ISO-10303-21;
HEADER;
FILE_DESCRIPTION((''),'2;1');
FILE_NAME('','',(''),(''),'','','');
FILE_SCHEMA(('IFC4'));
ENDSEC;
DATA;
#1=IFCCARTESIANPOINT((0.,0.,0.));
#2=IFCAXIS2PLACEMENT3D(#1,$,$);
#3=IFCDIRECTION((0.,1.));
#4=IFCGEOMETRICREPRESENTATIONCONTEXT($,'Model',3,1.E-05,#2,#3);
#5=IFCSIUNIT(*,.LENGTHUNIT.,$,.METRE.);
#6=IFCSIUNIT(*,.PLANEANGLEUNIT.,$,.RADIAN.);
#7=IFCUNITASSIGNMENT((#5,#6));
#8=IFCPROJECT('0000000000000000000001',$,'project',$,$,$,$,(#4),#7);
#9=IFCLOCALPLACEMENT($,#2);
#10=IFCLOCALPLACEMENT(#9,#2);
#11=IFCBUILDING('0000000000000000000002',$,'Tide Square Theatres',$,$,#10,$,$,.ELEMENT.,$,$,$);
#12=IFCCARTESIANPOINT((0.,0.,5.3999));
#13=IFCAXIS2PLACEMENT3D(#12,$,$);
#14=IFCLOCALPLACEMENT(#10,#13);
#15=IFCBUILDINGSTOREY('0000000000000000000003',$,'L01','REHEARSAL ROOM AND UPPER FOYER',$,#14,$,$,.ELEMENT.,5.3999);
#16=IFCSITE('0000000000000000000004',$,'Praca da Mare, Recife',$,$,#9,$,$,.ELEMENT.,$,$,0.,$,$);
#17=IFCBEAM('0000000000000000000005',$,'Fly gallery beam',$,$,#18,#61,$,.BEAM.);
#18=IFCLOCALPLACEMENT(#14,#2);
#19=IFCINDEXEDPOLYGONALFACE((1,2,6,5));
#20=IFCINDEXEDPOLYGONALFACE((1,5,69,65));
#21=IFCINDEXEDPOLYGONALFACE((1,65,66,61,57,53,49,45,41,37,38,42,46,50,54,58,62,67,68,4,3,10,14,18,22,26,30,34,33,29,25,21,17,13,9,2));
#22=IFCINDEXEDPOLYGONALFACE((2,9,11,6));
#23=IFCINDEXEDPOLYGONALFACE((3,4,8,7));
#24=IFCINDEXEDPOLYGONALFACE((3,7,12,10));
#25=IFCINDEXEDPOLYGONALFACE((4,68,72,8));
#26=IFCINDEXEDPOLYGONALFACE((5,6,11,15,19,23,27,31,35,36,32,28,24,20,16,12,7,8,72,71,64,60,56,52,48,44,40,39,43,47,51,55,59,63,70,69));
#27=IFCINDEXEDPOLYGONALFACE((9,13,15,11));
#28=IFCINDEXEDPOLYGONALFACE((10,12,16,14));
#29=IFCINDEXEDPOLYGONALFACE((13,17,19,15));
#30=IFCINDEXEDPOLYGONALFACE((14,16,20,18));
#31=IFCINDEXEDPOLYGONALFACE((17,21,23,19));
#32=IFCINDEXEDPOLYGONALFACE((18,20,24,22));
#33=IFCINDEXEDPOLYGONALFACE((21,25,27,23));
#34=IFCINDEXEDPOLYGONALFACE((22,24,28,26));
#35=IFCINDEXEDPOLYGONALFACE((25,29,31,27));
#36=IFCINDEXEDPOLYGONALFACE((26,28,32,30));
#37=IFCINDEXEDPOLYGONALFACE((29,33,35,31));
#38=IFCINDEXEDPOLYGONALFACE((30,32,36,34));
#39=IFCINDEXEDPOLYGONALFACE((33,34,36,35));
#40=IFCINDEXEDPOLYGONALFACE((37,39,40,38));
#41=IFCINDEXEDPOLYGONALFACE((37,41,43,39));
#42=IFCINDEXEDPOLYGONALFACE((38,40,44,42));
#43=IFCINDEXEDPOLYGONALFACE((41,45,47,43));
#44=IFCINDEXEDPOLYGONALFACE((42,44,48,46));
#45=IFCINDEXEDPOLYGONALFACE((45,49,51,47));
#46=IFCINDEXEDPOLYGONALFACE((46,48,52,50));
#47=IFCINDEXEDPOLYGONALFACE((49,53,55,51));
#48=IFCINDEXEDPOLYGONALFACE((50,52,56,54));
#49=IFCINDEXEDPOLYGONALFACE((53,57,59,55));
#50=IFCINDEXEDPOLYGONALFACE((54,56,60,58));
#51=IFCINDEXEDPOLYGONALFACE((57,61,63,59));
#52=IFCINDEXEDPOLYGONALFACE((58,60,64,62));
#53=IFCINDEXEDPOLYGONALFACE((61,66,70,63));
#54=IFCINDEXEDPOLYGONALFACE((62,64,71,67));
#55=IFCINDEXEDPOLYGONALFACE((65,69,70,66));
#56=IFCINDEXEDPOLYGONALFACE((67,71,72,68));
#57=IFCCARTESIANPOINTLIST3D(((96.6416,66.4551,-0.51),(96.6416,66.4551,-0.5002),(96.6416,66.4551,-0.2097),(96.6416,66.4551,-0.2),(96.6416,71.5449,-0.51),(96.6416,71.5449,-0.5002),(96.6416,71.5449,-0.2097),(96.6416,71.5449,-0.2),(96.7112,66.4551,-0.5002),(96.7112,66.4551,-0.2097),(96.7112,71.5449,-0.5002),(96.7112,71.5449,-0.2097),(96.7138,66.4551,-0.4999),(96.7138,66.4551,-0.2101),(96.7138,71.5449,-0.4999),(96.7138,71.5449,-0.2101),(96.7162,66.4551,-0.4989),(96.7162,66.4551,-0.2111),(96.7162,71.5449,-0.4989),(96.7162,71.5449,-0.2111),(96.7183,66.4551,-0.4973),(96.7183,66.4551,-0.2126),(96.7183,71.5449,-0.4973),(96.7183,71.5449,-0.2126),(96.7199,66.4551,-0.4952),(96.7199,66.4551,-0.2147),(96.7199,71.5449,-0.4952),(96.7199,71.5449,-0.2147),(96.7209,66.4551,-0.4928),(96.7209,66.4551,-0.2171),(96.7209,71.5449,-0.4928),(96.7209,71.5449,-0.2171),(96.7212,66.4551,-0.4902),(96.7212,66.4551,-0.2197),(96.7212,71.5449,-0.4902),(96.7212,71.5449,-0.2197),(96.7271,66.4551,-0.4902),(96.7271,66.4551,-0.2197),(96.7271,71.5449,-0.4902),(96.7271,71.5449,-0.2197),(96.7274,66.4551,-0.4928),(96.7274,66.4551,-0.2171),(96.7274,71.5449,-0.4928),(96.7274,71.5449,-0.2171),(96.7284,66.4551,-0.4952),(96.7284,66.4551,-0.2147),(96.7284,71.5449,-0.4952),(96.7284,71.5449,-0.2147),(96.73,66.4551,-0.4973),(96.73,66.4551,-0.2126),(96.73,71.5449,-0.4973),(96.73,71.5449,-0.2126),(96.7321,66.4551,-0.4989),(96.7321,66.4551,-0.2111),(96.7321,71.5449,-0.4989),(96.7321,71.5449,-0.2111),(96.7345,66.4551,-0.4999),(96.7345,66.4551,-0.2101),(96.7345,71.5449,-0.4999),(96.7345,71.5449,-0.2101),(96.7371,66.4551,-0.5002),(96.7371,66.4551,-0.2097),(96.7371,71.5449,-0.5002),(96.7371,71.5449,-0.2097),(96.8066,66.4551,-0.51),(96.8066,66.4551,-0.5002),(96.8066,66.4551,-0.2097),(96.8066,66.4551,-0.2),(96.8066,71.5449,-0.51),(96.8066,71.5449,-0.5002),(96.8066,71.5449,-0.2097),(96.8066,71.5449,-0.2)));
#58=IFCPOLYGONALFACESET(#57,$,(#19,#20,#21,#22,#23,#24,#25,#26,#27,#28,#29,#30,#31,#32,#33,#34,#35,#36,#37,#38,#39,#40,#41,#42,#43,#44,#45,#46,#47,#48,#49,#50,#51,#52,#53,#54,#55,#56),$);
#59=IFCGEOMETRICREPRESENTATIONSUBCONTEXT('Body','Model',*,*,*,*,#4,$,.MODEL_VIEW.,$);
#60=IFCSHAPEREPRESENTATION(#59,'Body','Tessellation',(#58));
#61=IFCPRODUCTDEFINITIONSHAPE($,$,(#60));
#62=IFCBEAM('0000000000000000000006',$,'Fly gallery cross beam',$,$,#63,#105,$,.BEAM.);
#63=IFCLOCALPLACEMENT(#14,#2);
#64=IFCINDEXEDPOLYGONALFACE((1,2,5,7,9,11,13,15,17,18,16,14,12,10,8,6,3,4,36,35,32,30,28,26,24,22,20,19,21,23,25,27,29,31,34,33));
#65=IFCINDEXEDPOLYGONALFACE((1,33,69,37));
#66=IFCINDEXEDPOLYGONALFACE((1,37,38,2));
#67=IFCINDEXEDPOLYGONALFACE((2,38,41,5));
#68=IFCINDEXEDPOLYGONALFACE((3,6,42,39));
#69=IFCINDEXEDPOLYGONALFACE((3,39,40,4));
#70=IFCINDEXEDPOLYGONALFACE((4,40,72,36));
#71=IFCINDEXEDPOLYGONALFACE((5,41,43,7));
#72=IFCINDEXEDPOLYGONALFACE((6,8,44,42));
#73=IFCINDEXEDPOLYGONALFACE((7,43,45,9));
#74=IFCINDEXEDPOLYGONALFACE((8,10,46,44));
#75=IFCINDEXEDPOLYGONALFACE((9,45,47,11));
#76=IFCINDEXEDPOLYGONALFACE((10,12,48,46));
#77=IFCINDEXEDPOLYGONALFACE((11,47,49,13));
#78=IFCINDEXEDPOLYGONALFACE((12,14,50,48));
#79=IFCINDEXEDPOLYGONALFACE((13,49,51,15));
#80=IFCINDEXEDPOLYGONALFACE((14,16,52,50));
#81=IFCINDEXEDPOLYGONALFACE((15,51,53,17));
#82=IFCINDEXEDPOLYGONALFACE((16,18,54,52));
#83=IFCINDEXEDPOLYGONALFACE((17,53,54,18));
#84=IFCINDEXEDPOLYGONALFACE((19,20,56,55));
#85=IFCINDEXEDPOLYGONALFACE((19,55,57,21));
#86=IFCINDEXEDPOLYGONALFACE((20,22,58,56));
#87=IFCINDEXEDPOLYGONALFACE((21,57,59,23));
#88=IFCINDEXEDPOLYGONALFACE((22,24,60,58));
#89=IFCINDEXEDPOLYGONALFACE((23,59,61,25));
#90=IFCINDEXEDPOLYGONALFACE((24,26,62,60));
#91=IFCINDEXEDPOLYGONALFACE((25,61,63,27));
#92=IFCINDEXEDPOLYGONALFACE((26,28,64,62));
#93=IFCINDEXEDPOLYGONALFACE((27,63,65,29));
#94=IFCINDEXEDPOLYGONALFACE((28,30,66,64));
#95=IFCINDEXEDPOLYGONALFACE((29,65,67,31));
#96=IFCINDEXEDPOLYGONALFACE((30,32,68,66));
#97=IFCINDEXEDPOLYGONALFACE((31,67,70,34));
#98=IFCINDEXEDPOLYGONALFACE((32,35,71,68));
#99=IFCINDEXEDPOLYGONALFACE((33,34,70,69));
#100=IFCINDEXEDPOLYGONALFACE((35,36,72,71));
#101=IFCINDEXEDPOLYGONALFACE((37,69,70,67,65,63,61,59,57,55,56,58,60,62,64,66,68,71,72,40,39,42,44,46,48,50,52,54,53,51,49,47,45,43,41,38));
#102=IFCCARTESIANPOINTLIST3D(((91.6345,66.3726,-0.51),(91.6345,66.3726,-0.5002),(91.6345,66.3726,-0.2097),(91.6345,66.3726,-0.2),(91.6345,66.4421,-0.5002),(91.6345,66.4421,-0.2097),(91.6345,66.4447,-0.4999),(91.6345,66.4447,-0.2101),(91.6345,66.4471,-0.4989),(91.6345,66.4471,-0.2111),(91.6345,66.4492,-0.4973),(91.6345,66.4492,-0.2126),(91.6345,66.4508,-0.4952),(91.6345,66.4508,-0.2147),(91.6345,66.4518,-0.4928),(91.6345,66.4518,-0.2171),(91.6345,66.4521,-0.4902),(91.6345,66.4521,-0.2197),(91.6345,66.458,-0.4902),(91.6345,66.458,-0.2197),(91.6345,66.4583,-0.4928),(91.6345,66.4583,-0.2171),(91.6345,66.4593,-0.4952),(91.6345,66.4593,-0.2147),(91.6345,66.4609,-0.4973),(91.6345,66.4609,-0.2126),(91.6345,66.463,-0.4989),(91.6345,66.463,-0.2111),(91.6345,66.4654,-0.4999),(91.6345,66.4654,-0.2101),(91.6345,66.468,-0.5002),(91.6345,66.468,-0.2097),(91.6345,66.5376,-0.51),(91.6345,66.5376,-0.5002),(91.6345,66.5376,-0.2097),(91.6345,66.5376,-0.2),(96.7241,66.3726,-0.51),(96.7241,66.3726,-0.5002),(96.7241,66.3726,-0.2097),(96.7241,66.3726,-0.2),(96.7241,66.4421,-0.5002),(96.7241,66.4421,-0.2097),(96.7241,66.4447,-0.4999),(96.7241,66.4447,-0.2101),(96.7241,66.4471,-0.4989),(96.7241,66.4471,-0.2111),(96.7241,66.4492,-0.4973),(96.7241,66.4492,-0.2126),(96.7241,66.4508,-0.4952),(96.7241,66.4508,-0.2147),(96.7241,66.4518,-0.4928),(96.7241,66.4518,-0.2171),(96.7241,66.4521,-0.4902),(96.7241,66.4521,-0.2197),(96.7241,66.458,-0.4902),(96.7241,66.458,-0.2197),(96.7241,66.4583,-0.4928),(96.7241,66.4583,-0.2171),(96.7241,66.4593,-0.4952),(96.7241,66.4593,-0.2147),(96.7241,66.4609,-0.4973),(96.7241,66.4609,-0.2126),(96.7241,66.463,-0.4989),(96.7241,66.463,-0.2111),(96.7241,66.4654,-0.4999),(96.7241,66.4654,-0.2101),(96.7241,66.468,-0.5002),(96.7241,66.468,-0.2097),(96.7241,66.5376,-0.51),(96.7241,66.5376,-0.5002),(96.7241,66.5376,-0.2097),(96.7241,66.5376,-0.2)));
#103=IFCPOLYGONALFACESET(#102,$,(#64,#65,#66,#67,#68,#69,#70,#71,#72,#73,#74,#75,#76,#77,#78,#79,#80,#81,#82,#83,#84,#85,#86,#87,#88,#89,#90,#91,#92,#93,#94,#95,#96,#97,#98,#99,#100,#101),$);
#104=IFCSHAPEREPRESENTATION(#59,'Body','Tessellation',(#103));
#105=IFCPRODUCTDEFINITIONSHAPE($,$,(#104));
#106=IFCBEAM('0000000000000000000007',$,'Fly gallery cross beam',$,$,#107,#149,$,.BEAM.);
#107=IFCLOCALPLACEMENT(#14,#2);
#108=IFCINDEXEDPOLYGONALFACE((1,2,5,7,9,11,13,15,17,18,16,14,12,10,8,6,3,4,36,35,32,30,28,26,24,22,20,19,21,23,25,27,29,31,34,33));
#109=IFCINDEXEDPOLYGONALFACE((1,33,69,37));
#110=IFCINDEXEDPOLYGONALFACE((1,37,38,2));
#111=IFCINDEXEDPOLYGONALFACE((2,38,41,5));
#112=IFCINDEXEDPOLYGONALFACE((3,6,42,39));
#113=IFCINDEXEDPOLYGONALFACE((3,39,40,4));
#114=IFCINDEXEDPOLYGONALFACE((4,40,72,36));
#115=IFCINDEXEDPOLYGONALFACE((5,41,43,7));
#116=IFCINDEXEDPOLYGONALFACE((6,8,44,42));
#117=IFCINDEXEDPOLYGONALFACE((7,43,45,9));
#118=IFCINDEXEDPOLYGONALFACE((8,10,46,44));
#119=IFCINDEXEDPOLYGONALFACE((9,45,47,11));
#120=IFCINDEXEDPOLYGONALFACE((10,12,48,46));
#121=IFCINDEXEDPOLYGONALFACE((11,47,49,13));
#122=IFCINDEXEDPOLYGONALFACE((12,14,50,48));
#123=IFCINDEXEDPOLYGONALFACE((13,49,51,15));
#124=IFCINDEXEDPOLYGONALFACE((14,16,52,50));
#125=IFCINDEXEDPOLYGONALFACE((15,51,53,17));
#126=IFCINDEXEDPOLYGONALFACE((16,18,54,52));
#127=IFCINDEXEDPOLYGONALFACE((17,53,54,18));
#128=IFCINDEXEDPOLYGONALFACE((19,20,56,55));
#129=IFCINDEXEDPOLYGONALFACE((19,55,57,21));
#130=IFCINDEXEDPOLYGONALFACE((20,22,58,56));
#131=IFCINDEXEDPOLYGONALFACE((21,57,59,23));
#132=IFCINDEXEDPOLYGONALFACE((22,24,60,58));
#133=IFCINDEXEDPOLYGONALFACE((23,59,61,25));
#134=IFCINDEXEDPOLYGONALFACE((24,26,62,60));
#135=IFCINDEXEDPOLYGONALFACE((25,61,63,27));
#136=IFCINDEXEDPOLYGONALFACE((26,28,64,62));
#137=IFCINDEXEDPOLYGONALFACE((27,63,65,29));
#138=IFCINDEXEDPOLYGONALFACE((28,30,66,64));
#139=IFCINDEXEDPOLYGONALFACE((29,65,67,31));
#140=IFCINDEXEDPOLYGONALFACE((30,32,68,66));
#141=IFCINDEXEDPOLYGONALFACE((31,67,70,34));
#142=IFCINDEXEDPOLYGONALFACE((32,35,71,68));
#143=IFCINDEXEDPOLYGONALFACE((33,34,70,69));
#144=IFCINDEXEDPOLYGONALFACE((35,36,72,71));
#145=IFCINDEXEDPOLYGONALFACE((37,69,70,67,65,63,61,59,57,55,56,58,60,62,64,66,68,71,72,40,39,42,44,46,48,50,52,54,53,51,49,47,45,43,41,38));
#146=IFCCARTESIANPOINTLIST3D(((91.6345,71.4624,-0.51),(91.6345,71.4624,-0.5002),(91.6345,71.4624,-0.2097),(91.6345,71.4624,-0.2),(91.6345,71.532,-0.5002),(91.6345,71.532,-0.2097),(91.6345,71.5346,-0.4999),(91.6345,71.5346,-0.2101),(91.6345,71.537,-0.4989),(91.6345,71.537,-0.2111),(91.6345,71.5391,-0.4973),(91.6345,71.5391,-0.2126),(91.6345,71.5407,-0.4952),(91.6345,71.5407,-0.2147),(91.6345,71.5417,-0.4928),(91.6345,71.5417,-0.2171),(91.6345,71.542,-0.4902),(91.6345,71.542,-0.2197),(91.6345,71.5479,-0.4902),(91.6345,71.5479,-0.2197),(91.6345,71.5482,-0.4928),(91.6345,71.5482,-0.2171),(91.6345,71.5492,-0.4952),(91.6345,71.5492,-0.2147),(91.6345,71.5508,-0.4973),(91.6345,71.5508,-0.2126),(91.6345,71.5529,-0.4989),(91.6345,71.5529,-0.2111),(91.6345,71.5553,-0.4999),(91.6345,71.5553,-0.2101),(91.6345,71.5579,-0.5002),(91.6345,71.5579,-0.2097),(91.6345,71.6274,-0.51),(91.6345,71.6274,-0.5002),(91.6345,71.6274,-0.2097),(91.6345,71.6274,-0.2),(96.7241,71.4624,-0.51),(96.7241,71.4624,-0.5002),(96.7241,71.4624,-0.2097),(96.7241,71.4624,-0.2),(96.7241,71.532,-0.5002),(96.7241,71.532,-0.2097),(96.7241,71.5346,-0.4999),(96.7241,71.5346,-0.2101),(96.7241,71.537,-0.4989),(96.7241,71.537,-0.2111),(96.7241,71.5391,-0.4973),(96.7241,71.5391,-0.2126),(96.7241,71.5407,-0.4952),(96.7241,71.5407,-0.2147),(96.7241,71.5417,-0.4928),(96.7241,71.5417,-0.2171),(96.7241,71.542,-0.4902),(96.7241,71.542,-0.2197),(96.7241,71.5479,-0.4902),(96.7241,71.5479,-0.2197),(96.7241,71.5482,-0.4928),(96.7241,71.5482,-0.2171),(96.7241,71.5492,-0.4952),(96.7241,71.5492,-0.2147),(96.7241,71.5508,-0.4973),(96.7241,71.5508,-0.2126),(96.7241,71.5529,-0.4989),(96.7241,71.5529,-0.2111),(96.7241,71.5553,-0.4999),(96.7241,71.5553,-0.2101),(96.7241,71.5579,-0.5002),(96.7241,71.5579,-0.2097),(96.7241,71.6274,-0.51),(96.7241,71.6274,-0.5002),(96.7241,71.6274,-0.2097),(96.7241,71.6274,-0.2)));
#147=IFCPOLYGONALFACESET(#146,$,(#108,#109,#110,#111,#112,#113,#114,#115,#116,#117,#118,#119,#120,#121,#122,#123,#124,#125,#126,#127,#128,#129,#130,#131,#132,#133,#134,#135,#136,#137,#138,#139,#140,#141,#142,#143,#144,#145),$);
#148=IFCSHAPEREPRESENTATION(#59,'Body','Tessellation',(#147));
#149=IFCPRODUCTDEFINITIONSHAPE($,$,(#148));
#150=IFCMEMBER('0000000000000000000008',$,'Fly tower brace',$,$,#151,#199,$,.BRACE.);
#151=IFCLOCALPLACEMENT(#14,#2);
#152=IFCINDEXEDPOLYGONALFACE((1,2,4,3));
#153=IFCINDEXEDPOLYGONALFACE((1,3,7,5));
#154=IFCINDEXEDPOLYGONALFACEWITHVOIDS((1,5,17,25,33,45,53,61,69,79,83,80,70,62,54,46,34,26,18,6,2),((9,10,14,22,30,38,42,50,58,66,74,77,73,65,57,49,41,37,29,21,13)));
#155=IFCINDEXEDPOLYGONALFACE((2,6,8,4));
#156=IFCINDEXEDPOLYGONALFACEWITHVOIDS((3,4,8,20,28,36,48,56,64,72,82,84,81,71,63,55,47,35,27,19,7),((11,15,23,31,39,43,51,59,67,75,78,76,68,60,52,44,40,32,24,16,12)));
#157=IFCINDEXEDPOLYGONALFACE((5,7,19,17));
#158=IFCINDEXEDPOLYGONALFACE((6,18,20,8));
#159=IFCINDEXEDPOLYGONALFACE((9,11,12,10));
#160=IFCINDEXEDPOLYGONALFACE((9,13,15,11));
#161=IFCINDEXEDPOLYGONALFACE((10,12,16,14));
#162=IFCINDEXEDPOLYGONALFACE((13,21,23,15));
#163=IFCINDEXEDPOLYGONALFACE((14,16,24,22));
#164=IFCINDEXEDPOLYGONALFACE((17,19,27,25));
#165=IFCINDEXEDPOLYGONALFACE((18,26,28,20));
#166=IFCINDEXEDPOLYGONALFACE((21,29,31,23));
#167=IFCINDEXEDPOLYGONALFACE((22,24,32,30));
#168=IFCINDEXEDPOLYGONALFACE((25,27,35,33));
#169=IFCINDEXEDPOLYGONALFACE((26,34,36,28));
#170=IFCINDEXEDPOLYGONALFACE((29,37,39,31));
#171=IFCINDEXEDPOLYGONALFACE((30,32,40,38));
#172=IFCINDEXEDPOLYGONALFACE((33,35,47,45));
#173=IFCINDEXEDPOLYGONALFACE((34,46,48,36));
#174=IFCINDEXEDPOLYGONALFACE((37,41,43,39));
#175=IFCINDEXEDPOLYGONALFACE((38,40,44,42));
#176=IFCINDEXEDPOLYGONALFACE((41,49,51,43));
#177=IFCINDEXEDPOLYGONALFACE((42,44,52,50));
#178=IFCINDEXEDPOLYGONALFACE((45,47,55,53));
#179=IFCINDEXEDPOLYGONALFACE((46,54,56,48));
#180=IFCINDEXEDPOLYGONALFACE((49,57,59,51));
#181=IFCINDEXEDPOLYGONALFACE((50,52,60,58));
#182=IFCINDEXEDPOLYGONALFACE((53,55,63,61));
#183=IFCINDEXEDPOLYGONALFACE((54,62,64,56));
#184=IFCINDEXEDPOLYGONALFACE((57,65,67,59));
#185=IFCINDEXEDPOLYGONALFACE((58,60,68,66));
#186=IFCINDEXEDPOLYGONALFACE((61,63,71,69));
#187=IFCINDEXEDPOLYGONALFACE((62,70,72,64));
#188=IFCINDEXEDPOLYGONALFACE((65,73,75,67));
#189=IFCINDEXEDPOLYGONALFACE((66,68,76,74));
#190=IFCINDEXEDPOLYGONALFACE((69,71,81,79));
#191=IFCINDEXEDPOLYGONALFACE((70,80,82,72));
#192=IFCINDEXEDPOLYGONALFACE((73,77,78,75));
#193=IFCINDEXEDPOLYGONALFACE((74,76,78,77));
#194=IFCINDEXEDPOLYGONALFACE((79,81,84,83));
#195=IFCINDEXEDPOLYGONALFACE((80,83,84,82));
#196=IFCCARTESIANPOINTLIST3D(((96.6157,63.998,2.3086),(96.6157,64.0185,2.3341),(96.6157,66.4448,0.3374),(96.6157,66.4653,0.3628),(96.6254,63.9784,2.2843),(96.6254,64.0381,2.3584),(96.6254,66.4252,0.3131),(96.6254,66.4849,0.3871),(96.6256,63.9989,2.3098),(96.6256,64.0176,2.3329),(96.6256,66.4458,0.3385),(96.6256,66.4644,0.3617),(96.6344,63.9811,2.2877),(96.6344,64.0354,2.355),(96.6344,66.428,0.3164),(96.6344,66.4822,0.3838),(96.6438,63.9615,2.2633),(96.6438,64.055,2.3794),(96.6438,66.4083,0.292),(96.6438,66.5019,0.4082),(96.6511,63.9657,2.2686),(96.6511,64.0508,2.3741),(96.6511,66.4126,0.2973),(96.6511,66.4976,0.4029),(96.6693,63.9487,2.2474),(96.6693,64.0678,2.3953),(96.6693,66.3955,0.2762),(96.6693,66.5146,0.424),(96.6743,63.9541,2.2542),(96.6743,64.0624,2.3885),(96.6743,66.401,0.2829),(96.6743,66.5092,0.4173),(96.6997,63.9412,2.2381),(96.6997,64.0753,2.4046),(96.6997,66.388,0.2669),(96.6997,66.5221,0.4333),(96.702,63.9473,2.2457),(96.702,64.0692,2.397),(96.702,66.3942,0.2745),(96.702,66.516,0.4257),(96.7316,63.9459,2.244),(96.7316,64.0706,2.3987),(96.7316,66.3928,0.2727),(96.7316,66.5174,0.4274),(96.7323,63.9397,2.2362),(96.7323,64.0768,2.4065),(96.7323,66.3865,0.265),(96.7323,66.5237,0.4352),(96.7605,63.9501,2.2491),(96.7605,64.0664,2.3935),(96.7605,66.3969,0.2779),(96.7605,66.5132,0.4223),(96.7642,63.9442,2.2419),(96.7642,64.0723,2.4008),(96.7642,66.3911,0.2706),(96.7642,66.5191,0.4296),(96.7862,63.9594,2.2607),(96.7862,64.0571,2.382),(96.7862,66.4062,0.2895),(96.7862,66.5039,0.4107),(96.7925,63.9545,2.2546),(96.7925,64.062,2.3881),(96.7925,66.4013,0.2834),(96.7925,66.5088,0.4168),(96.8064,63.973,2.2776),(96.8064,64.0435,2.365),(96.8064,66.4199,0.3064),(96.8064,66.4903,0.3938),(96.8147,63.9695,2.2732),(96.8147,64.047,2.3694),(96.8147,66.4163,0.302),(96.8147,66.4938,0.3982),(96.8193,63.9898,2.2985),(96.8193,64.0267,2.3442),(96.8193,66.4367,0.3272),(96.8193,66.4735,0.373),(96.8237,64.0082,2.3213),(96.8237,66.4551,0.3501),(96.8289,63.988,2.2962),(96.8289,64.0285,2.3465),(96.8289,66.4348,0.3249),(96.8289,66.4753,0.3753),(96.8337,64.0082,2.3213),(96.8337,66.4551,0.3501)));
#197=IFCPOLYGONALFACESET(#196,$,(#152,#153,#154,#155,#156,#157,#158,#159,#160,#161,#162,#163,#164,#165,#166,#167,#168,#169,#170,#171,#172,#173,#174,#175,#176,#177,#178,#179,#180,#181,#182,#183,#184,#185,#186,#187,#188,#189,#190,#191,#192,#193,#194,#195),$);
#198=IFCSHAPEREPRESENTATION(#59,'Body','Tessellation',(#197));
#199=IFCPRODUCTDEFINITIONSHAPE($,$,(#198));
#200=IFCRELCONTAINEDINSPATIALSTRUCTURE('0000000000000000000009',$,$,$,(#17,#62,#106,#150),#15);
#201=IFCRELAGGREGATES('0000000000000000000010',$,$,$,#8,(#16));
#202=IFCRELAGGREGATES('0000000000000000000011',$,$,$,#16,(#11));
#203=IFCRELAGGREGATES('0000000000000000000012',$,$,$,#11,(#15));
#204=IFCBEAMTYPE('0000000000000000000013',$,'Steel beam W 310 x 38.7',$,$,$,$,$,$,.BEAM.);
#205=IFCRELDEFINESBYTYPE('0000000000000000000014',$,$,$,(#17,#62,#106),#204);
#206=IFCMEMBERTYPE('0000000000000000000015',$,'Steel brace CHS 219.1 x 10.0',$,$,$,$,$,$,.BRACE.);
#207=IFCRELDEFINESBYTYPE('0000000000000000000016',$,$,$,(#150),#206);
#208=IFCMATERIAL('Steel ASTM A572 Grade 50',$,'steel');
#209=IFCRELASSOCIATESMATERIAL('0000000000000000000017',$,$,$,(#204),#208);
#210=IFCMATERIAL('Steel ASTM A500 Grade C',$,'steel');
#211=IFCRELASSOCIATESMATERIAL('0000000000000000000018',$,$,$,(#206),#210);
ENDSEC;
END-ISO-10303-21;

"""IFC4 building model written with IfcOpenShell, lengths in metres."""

from ifc_helpers import new_model, si_unit, direction, frame, origin, origin_2d, place, context, subcontext, project, spatial, hollow_circle, i_section, extrude, material, material_profile, profile_set, type_object, element, save


model = new_model("IFC4")

# Units and contexts
model_context = context("Model", 3, precision=1e-05, world=origin(), true_north=direction((0.0, 1.0)))
body_context = subcontext(model_context, "Body", "Model", "MODEL_VIEW")
ifc_project = project(units=[si_unit("LENGTHUNIT", "METRE"), si_unit("PLANEANGLEUNIT", "RADIAN")], contexts=[model_context])

# Site, building, storey
site_placement = place(None, origin())
site = spatial("IfcSite", under=ifc_project, at=site_placement, Name="Praca da Mare, Recife", CompositionType="ELEMENT", RefElevation=0.0)
building_placement = place(site_placement, origin())
building = spatial("IfcBuilding", under=site, at=building_placement, Name="Tide Square Theatres", CompositionType="ELEMENT")
storey_placement = place(building_placement, frame((0.0, 0.0, 5.3999)))
storey = spatial("IfcBuildingStorey", under=building, at=storey_placement, Name="L01", Description="REHEARSAL ROOM AND UPPER FOYER", CompositionType="ELEMENT", Elevation=5.3999)

# Beams
ifc_material_1 = material(Name="Steel ASTM A572 Grade 50", Category="steel")
ifc_material_profile_1 = material_profile(ifc_material_1, i_section(OverallWidth=0.165, OverallDepth=0.3101, WebThickness=0.0059, FlangeThickness=0.0098, FilletRadius=0.01, at=origin_2d()))
ifc_profile_set_1 = profile_set([ifc_material_profile_1], Name="Steel ASTM A572 Grade 50")
beam_type = type_object("IfcBeamType", Name="Steel beam W 310 x 38.7", PredefinedType="BEAM", material=ifc_profile_set_1)
beam_1_placement = place(storey_placement, frame((96.7241, 66.4551, -0.355), z_axis=(0.0, 1.0, 0.0), x_axis=(-1.0, 0.0, 0.0)))
element("IfcBeam", 1, at=beam_1_placement, inside=storey, type_object=beam_type, Name="Fly gallery beam", PredefinedType="BEAM", context=body_context, shape_type="SweptSolid", body=[
    extrude(i_section(OverallWidth=0.165, OverallDepth=0.3101, WebThickness=0.0059, FlangeThickness=0.0098, FilletRadius=0.01, at=origin_2d()), origin(), (0.0, 0.0, 1.0), 5.0898),
])
for number, where, z_axis, x_axis, name in (
    (2, (91.6345, 66.4551, -0.355), (1.0, 0.0, 0.0), (0.0, 1.0, 0.0), "Fly gallery cross beam"),
    (3, (91.6345, 71.5449, -0.355), (1.0, 0.0, 0.0), (0.0, 1.0, 0.0), "Fly gallery cross beam"),
):
    element("IfcBeam", number, at=place(storey_placement, frame(where, z_axis=z_axis, x_axis=x_axis)), inside=storey, type_object=beam_type, Name=name, PredefinedType="BEAM", context=body_context, shape_type="SweptSolid", body=[
        extrude(i_section(OverallWidth=0.165, OverallDepth=0.3101, WebThickness=0.0059, FlangeThickness=0.0098, FilletRadius=0.01, at=origin_2d()), origin(), (0.0, 0.0, 1.0), 5.0896),
    ])

# Member
ifc_material_2 = material(Name="Steel ASTM A500 Grade C", Category="steel")
ifc_material_profile_2 = material_profile(ifc_material_2, hollow_circle(Radius=0.1096, WallThickness=0.01, at=origin_2d()))
ifc_profile_set_2 = profile_set([ifc_material_profile_2], Name="Steel ASTM A500 Grade C")
member_type = type_object("IfcMemberType", Name="Steel brace CHS 219.1 x 10.0", PredefinedType="BRACE", material=ifc_profile_set_2)
member_1_placement = place(storey_placement, frame((96.7241, 66.4551, 0.3501), z_axis=(0.0, -0.778726, 0.627364), x_axis=(1.0, 0.0, 0.0)))
element("IfcMember", 4, at=member_1_placement, inside=storey, type_object=member_type, Name="Fly tower brace", PredefinedType="BRACE", context=body_context, shape_type="SweptSolid", body=[
    extrude(hollow_circle(Radius=0.1096, WallThickness=0.01, at=origin_2d()), origin(), (0.0, 0.0, 1.0), 3.1421),
])

save(model, "model.ifc")
